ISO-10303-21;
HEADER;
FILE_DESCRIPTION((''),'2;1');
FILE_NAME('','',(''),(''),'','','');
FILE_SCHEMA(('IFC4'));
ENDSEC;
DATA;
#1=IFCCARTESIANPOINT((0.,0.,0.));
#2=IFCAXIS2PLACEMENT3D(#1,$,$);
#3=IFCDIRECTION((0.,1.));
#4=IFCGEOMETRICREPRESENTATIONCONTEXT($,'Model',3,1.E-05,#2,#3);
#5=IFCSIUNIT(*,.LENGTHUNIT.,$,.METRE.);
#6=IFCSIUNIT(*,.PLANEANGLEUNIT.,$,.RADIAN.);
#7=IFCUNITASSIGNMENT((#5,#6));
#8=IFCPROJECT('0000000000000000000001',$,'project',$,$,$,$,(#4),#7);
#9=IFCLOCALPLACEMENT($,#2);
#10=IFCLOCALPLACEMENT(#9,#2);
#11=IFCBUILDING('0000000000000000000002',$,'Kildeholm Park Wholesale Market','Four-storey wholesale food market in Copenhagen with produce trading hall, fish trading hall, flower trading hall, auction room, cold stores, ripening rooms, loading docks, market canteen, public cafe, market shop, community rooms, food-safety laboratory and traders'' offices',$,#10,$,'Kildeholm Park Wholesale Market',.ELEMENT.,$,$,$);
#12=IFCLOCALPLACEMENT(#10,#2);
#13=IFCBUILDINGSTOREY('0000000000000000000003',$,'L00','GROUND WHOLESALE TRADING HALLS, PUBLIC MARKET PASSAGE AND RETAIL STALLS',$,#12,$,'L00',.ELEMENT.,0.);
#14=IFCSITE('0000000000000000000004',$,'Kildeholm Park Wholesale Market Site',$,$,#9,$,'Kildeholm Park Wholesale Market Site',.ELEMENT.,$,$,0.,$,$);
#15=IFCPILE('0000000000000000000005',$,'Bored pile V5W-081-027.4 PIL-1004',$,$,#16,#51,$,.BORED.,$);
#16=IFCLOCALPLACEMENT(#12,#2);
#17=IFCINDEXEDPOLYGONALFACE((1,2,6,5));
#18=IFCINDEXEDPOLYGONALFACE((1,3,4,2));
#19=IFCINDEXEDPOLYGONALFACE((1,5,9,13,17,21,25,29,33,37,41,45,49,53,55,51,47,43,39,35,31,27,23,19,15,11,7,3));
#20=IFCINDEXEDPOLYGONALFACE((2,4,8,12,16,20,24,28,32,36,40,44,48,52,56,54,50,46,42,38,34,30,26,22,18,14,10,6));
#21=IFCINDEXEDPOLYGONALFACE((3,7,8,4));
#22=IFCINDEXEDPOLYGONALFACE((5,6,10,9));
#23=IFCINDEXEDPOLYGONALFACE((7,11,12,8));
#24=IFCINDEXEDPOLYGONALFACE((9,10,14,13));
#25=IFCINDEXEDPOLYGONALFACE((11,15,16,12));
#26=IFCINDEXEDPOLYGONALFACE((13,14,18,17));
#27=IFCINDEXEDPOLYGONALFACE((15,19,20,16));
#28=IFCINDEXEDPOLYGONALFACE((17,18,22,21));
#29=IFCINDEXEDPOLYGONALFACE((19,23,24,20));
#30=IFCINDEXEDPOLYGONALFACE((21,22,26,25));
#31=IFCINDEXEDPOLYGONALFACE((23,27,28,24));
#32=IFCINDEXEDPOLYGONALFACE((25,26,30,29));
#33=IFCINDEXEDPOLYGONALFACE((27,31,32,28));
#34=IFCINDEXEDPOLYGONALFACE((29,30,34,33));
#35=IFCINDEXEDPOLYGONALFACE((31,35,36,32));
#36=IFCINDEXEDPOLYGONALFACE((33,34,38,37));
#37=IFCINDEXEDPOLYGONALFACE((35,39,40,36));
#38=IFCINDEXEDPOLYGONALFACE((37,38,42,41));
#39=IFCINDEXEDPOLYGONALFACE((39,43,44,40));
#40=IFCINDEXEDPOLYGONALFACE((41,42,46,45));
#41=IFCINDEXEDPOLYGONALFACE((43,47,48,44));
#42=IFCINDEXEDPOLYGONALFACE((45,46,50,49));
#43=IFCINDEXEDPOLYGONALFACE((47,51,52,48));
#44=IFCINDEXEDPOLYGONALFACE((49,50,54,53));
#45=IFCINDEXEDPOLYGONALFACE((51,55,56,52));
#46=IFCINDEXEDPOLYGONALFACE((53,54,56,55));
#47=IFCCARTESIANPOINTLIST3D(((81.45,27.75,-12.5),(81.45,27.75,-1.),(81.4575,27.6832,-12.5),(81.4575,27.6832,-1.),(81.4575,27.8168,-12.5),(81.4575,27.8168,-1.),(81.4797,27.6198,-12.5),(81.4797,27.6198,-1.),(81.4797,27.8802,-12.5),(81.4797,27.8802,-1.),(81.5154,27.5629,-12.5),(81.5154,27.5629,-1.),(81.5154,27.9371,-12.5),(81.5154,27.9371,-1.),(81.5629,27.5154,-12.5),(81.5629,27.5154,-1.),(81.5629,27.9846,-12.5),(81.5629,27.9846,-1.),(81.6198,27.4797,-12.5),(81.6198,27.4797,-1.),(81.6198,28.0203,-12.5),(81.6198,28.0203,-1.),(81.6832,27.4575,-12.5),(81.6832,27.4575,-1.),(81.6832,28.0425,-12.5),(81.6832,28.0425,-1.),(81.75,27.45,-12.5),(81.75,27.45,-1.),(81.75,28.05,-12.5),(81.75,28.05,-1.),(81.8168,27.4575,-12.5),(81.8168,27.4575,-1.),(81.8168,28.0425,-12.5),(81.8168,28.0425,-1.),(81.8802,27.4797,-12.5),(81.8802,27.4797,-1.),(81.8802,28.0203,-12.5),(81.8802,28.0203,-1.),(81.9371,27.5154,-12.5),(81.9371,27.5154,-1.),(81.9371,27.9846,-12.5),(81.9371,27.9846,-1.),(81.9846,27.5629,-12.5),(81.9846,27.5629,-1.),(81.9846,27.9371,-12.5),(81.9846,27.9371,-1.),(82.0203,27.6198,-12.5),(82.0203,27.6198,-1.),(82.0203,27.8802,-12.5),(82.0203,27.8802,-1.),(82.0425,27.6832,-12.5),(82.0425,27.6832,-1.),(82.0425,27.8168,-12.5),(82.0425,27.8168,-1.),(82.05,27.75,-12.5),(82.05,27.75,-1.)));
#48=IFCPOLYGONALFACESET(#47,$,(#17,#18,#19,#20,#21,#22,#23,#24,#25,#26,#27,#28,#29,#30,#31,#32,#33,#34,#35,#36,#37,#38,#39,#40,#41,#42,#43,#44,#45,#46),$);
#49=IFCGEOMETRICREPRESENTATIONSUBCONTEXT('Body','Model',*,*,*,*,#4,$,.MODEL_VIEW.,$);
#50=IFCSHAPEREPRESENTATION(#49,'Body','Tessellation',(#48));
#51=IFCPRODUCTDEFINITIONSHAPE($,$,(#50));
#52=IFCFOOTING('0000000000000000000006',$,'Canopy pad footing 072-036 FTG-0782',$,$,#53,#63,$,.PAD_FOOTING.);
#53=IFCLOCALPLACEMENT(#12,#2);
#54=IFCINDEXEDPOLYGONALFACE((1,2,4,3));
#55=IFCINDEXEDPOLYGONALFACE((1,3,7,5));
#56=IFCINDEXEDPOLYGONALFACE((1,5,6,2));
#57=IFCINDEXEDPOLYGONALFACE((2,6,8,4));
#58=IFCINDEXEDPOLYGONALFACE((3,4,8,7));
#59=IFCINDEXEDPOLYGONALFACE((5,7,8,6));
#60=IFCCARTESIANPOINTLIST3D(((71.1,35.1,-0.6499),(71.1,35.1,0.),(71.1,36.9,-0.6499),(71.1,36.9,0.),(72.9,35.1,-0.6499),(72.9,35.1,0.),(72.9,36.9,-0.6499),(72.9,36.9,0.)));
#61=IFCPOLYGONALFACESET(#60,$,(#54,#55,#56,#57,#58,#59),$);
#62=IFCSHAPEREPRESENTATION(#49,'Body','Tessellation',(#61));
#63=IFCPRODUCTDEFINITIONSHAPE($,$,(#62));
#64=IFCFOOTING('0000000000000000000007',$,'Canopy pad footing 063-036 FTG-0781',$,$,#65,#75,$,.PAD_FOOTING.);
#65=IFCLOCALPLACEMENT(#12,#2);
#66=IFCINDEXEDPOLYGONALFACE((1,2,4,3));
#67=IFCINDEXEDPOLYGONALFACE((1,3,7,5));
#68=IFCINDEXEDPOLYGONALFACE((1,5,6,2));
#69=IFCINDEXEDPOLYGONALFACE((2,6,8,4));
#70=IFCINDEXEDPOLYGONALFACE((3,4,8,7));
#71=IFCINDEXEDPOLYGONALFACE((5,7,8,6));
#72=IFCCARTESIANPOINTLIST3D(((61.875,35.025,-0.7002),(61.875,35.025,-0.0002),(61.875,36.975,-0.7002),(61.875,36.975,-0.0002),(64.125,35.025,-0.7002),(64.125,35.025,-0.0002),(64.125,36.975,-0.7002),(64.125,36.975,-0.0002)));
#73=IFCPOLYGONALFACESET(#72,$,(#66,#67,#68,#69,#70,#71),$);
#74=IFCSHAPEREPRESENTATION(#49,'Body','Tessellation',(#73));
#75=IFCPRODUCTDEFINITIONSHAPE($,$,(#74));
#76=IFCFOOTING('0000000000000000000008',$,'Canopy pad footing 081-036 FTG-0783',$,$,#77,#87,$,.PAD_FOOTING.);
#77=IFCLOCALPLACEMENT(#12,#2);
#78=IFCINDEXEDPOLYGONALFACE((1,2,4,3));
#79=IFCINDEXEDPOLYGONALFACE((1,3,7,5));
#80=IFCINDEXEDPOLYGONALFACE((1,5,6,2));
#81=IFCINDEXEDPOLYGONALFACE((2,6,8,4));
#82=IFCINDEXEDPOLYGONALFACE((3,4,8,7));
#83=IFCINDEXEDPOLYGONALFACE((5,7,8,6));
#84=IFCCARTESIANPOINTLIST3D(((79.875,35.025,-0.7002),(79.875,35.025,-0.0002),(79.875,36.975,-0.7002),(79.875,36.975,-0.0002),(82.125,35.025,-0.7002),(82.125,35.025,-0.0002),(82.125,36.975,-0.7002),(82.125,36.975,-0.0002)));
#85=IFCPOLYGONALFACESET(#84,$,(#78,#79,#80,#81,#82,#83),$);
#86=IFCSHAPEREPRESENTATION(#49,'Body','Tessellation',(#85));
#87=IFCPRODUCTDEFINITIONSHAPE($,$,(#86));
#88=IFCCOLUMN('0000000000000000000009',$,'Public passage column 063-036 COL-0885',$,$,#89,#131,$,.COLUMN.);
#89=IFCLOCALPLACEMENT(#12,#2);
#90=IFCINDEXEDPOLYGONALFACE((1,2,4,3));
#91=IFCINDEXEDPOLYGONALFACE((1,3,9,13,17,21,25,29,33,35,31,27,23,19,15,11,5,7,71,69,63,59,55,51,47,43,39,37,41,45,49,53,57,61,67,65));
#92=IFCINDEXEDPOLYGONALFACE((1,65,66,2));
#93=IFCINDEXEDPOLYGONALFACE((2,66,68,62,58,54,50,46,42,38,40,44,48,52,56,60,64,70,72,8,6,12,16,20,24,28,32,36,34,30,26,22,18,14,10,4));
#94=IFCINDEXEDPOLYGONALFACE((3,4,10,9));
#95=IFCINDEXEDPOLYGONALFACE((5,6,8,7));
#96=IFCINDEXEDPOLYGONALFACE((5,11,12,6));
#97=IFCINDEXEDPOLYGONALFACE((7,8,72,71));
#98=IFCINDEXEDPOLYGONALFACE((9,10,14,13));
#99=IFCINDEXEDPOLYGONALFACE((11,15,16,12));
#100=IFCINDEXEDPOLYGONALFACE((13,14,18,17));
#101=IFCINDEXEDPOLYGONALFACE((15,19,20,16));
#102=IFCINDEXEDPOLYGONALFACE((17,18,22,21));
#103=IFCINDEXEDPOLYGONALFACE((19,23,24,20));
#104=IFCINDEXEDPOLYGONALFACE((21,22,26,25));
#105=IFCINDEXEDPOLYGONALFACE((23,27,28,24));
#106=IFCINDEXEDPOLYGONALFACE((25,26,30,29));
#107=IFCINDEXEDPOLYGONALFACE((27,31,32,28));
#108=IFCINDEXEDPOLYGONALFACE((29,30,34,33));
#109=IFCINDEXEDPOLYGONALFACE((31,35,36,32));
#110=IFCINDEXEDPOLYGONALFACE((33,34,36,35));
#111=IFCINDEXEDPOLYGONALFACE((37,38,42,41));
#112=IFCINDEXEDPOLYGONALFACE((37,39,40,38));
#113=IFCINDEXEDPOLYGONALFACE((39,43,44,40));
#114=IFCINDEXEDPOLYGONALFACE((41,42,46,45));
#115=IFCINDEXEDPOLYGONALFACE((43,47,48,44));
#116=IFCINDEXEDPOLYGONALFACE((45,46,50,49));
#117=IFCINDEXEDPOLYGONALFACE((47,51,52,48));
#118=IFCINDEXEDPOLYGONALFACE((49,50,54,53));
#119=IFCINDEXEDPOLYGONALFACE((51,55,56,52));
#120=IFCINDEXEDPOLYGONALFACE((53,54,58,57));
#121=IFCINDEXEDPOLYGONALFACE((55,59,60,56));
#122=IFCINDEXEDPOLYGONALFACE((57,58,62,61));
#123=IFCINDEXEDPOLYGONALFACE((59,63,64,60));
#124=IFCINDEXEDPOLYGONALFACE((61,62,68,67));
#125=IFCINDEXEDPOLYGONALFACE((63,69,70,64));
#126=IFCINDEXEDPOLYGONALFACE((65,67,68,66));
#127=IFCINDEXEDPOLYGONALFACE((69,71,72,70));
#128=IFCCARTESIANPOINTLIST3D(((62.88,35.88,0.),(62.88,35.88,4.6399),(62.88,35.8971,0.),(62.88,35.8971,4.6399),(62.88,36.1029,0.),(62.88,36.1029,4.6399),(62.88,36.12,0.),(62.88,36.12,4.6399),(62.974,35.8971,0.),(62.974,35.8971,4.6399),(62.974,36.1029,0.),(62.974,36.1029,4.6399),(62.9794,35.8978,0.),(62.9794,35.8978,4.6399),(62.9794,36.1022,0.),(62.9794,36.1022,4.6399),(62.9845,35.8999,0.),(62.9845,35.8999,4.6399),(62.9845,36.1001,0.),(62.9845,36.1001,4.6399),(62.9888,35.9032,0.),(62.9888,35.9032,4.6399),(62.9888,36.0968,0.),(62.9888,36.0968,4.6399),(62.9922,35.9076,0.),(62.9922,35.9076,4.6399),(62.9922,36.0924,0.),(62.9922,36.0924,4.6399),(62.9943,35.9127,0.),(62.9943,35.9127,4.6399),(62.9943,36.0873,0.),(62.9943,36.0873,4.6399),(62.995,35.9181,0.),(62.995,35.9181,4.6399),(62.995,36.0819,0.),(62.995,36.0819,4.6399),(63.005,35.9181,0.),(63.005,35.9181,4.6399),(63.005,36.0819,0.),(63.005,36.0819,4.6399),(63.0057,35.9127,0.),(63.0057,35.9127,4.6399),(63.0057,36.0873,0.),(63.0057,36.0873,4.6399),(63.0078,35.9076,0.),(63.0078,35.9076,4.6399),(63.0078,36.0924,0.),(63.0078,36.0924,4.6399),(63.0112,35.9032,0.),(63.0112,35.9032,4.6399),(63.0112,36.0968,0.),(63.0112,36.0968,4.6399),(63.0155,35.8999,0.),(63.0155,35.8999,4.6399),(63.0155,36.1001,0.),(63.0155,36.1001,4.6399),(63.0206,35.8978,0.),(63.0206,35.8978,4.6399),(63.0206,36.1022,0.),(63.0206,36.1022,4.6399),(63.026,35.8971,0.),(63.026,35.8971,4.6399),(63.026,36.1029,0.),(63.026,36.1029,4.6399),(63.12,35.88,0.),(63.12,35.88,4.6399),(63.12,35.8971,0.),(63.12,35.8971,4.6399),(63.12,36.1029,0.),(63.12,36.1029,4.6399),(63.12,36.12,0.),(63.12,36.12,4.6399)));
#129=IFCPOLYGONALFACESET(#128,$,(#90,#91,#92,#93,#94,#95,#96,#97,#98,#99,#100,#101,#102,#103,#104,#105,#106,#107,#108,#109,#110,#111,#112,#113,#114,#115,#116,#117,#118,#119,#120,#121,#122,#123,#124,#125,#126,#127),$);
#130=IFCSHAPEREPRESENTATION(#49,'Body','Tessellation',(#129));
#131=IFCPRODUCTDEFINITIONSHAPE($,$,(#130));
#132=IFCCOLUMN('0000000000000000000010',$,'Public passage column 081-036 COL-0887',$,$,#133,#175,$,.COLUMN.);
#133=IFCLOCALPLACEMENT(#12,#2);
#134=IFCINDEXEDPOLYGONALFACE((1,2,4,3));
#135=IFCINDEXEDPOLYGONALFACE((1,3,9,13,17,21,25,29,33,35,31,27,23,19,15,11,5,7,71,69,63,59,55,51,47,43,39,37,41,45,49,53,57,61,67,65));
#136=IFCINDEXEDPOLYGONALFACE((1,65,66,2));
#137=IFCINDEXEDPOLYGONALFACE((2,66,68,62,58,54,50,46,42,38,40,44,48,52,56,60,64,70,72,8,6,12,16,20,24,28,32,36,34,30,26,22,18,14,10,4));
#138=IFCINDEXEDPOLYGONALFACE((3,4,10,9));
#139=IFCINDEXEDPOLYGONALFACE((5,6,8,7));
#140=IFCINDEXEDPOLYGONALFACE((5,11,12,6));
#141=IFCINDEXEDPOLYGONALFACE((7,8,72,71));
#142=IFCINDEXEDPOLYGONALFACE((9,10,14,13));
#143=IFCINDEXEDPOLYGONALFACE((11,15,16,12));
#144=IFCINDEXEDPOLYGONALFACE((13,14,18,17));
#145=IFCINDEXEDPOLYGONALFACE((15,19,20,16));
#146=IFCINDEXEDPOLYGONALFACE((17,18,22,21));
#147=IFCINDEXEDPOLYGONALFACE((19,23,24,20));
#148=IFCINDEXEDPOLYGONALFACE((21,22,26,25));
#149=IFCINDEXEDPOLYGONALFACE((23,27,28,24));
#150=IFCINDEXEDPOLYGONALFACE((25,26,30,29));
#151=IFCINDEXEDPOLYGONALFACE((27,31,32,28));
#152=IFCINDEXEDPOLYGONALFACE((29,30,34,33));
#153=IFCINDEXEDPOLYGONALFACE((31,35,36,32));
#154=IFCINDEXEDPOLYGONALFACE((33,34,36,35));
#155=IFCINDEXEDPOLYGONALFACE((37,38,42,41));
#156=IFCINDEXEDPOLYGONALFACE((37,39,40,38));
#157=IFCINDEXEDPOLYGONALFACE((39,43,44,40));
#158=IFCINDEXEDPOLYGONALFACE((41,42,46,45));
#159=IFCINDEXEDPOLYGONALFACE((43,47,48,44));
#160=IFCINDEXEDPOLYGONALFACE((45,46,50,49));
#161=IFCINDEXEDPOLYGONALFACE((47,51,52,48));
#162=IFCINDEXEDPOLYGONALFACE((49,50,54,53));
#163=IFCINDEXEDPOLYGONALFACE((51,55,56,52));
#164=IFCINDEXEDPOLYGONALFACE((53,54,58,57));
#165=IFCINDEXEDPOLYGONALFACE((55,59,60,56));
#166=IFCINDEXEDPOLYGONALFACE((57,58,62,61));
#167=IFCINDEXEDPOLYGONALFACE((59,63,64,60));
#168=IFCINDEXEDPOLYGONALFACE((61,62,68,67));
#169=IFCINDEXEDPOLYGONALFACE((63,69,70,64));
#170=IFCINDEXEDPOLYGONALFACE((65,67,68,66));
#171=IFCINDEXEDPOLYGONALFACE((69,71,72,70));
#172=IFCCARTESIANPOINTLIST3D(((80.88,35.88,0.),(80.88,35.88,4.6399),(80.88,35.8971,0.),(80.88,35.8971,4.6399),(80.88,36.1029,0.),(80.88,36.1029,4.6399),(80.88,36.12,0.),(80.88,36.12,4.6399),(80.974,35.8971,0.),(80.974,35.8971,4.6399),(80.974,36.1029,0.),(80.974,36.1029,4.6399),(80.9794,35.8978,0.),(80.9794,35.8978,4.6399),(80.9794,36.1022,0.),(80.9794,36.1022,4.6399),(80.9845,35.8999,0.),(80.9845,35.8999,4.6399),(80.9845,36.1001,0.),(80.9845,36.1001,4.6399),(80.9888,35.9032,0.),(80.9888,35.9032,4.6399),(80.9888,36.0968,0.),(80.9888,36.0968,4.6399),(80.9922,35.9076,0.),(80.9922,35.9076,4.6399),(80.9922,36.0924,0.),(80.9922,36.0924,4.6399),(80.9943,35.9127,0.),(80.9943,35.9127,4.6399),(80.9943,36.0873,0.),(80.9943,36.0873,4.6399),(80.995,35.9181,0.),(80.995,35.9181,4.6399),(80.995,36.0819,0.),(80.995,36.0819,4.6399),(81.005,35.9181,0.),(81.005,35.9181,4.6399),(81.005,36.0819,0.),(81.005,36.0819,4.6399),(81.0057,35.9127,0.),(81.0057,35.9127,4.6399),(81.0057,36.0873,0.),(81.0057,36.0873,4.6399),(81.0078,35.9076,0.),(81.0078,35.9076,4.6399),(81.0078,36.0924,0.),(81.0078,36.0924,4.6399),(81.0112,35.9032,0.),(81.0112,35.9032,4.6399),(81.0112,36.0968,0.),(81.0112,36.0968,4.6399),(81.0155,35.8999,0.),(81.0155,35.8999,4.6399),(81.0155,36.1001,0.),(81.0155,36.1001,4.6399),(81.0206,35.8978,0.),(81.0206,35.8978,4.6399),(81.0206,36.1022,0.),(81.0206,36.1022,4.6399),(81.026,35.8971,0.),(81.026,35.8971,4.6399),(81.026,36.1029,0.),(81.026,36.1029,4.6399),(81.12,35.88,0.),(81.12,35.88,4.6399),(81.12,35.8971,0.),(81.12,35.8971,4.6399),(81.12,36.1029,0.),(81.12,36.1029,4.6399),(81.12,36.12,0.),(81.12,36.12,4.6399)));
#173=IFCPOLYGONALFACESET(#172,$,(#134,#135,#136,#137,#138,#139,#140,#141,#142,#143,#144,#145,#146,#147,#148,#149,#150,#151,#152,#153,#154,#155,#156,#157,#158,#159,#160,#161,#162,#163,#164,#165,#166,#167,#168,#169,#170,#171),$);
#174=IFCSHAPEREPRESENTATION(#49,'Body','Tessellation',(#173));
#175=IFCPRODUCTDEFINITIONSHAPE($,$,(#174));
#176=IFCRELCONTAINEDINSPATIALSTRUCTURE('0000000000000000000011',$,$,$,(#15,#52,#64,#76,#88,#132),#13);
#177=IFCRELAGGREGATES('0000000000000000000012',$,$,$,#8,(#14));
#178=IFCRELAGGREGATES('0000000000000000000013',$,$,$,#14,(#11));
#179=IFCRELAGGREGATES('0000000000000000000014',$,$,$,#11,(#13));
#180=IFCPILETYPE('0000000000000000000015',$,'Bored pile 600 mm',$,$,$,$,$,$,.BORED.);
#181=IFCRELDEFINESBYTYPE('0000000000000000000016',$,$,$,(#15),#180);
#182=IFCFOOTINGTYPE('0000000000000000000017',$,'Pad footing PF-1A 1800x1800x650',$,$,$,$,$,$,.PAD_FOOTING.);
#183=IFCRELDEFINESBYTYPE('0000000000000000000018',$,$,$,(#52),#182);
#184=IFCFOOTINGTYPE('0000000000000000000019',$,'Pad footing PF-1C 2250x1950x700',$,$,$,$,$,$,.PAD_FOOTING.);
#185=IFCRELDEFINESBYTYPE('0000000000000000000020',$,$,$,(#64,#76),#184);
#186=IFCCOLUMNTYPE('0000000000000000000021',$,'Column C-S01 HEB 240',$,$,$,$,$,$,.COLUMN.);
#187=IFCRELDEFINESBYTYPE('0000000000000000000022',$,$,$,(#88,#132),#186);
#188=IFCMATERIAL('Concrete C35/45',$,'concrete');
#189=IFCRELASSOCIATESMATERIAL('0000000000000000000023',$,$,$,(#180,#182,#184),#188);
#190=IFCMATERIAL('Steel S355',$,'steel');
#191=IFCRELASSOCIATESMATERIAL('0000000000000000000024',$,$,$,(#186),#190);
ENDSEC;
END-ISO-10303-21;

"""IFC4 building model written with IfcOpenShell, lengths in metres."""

from ifc_helpers import new_model, si_unit, direction, frame, origin, origin_2d, place, context, subcontext, project, spatial, rectangle, circle, i_section, extrude, material, material_profile, profile_set, type_object, element, save


model = new_model("IFC4")

# Units and contexts
model_context = context("Model", 3, precision=1e-05, world=origin(), true_north=direction((0.0, 1.0)))
body_context = subcontext(model_context, "Body", "Model", "MODEL_VIEW")
ifc_project = project(units=[si_unit("LENGTHUNIT", "METRE"), si_unit("PLANEANGLEUNIT", "RADIAN")], contexts=[model_context])

# Site, building, storey
site_placement = place(None, origin())
site = spatial("IfcSite", under=ifc_project, at=site_placement, Name="Kildeholm Park Wholesale Market Site", LongName="Kildeholm Park Wholesale Market Site", CompositionType="ELEMENT", RefElevation=0.0)
building_placement = place(site_placement, origin())
building = spatial("IfcBuilding", under=site, at=building_placement, Name="Kildeholm Park Wholesale Market", Description="Four-storey wholesale food market in Copenhagen with produce trading hall, fish trading hall, flower trading hall, auction room, cold stores, ripening rooms, loading docks, market canteen, public cafe, market shop, community rooms, food-safety laboratory and traders' offices", LongName="Kildeholm Park Wholesale Market", CompositionType="ELEMENT")
storey_placement = place(building_placement, origin())
storey = spatial("IfcBuildingStorey", under=building, at=storey_placement, Name="L00", Description="GROUND WHOLESALE TRADING HALLS, PUBLIC MARKET PASSAGE AND RETAIL STALLS", LongName="L00", CompositionType="ELEMENT", Elevation=0.0)

# Pile
ifc_material_1 = material(Name="Concrete C35/45", Category="concrete")
ifc_material_profile_1 = material_profile(ifc_material_1, circle(Radius=0.3, at=origin_2d()), Name="PILE D600")
ifc_profile_set_1 = profile_set([ifc_material_profile_1], Name="Concrete C35/45")
pile_type = type_object("IfcPileType", Name="Bored pile 600 mm", PredefinedType="BORED", material=ifc_profile_set_1)
for number, where, z_axis, x_axis, name in (
    (1, (81.75, 27.75, -1.0), (0.0, 0.0, -1.0), (1.0, 0.0, 0.0), "Bored pile V5W-081-027.4 PIL-1004"),
):
    element("IfcPile", number, at=place(storey_placement, frame(where, z_axis=z_axis, x_axis=x_axis)), inside=storey, type_object=pile_type, Name=name, PredefinedType="BORED", context=body_context, shape_type="SweptSolid", body=[
        extrude(circle(Radius=0.3, at=origin_2d()), origin(), (0.0, 0.0, 1.0), 11.5),
    ])

# Footings
footing_type_1 = type_object("IfcFootingType", Name="Pad footing PF-1A 1800x1800x650", PredefinedType="PAD_FOOTING", material=ifc_material_1)
footing_placement = place(storey_placement, frame((72.0, 36.0, -0.6499), z_axis=(0.0, 0.0, 1.0), x_axis=(1.0, 0.0, 0.0)))
element("IfcFooting", 2, at=footing_placement, inside=storey, type_object=footing_type_1, Name="Canopy pad footing 072-036 FTG-0782", PredefinedType="PAD_FOOTING", context=body_context, shape_type="SweptSolid", body=[
    extrude(rectangle(XDim=1.8, YDim=1.8, at=origin_2d()), origin(), (0.0, 0.0, 1.0), 0.6499),
])
footing_type_2 = type_object("IfcFootingType", Name="Pad footing PF-1C 2250x1950x700", PredefinedType="PAD_FOOTING", material=ifc_material_1)
for number, where, z_axis, x_axis, name in (
    (3, (63.0, 36.0, -0.7002), (0.0, 0.0, 1.0), (1.0, 0.0, 0.0), "Canopy pad footing 063-036 FTG-0781"),
    (4, (81.0, 36.0, -0.7002), (0.0, 0.0, 1.0), (1.0, 0.0, 0.0), "Canopy pad footing 081-036 FTG-0783"),
):
    element("IfcFooting", number, at=place(storey_placement, frame(where, z_axis=z_axis, x_axis=x_axis)), inside=storey, type_object=footing_type_2, Name=name, PredefinedType="PAD_FOOTING", context=body_context, shape_type="SweptSolid", body=[
        extrude(rectangle(XDim=2.25, YDim=1.95, at=origin_2d()), origin(), (0.0, 0.0, 1.0), 0.7),
    ])

# Columns
ifc_material_2 = material(Name="Steel S355", Category="steel")
ifc_material_profile_2 = material_profile(ifc_material_2, i_section(OverallWidth=0.24, OverallDepth=0.24, WebThickness=0.01, FlangeThickness=0.0171, FilletRadius=0.021, at=origin_2d()), Name="HEB 240")
ifc_profile_set_2 = profile_set([ifc_material_profile_2], Name="Steel S355")
column_type_1 = type_object("IfcColumnType", Name="Column C-S01 HEB 240", PredefinedType="COLUMN", material=ifc_profile_set_2)
for number, where, z_axis, x_axis, name in (
    (5, (63.0, 36.0, 0.0), (0.0, 0.0, 1.0), (1.0, 0.0, 0.0), "Public passage column 063-036 COL-0885"),
    (6, (81.0, 36.0, 0.0), (0.0, 0.0, 1.0), (1.0, 0.0, 0.0), "Public passage column 081-036 COL-0887"),
):
    element("IfcColumn", number, at=place(storey_placement, frame(where, z_axis=z_axis, x_axis=x_axis)), inside=storey, type_object=column_type_1, Name=name, PredefinedType="COLUMN", context=body_context, shape_type="SweptSolid", body=[
        extrude(i_section(OverallWidth=0.24, OverallDepth=0.24, WebThickness=0.01, FlangeThickness=0.0171, FilletRadius=0.021, at=origin_2d()), origin(), (0.0, 0.0, 1.0), 4.6399),
    ])

save(model, "model.ifc")
